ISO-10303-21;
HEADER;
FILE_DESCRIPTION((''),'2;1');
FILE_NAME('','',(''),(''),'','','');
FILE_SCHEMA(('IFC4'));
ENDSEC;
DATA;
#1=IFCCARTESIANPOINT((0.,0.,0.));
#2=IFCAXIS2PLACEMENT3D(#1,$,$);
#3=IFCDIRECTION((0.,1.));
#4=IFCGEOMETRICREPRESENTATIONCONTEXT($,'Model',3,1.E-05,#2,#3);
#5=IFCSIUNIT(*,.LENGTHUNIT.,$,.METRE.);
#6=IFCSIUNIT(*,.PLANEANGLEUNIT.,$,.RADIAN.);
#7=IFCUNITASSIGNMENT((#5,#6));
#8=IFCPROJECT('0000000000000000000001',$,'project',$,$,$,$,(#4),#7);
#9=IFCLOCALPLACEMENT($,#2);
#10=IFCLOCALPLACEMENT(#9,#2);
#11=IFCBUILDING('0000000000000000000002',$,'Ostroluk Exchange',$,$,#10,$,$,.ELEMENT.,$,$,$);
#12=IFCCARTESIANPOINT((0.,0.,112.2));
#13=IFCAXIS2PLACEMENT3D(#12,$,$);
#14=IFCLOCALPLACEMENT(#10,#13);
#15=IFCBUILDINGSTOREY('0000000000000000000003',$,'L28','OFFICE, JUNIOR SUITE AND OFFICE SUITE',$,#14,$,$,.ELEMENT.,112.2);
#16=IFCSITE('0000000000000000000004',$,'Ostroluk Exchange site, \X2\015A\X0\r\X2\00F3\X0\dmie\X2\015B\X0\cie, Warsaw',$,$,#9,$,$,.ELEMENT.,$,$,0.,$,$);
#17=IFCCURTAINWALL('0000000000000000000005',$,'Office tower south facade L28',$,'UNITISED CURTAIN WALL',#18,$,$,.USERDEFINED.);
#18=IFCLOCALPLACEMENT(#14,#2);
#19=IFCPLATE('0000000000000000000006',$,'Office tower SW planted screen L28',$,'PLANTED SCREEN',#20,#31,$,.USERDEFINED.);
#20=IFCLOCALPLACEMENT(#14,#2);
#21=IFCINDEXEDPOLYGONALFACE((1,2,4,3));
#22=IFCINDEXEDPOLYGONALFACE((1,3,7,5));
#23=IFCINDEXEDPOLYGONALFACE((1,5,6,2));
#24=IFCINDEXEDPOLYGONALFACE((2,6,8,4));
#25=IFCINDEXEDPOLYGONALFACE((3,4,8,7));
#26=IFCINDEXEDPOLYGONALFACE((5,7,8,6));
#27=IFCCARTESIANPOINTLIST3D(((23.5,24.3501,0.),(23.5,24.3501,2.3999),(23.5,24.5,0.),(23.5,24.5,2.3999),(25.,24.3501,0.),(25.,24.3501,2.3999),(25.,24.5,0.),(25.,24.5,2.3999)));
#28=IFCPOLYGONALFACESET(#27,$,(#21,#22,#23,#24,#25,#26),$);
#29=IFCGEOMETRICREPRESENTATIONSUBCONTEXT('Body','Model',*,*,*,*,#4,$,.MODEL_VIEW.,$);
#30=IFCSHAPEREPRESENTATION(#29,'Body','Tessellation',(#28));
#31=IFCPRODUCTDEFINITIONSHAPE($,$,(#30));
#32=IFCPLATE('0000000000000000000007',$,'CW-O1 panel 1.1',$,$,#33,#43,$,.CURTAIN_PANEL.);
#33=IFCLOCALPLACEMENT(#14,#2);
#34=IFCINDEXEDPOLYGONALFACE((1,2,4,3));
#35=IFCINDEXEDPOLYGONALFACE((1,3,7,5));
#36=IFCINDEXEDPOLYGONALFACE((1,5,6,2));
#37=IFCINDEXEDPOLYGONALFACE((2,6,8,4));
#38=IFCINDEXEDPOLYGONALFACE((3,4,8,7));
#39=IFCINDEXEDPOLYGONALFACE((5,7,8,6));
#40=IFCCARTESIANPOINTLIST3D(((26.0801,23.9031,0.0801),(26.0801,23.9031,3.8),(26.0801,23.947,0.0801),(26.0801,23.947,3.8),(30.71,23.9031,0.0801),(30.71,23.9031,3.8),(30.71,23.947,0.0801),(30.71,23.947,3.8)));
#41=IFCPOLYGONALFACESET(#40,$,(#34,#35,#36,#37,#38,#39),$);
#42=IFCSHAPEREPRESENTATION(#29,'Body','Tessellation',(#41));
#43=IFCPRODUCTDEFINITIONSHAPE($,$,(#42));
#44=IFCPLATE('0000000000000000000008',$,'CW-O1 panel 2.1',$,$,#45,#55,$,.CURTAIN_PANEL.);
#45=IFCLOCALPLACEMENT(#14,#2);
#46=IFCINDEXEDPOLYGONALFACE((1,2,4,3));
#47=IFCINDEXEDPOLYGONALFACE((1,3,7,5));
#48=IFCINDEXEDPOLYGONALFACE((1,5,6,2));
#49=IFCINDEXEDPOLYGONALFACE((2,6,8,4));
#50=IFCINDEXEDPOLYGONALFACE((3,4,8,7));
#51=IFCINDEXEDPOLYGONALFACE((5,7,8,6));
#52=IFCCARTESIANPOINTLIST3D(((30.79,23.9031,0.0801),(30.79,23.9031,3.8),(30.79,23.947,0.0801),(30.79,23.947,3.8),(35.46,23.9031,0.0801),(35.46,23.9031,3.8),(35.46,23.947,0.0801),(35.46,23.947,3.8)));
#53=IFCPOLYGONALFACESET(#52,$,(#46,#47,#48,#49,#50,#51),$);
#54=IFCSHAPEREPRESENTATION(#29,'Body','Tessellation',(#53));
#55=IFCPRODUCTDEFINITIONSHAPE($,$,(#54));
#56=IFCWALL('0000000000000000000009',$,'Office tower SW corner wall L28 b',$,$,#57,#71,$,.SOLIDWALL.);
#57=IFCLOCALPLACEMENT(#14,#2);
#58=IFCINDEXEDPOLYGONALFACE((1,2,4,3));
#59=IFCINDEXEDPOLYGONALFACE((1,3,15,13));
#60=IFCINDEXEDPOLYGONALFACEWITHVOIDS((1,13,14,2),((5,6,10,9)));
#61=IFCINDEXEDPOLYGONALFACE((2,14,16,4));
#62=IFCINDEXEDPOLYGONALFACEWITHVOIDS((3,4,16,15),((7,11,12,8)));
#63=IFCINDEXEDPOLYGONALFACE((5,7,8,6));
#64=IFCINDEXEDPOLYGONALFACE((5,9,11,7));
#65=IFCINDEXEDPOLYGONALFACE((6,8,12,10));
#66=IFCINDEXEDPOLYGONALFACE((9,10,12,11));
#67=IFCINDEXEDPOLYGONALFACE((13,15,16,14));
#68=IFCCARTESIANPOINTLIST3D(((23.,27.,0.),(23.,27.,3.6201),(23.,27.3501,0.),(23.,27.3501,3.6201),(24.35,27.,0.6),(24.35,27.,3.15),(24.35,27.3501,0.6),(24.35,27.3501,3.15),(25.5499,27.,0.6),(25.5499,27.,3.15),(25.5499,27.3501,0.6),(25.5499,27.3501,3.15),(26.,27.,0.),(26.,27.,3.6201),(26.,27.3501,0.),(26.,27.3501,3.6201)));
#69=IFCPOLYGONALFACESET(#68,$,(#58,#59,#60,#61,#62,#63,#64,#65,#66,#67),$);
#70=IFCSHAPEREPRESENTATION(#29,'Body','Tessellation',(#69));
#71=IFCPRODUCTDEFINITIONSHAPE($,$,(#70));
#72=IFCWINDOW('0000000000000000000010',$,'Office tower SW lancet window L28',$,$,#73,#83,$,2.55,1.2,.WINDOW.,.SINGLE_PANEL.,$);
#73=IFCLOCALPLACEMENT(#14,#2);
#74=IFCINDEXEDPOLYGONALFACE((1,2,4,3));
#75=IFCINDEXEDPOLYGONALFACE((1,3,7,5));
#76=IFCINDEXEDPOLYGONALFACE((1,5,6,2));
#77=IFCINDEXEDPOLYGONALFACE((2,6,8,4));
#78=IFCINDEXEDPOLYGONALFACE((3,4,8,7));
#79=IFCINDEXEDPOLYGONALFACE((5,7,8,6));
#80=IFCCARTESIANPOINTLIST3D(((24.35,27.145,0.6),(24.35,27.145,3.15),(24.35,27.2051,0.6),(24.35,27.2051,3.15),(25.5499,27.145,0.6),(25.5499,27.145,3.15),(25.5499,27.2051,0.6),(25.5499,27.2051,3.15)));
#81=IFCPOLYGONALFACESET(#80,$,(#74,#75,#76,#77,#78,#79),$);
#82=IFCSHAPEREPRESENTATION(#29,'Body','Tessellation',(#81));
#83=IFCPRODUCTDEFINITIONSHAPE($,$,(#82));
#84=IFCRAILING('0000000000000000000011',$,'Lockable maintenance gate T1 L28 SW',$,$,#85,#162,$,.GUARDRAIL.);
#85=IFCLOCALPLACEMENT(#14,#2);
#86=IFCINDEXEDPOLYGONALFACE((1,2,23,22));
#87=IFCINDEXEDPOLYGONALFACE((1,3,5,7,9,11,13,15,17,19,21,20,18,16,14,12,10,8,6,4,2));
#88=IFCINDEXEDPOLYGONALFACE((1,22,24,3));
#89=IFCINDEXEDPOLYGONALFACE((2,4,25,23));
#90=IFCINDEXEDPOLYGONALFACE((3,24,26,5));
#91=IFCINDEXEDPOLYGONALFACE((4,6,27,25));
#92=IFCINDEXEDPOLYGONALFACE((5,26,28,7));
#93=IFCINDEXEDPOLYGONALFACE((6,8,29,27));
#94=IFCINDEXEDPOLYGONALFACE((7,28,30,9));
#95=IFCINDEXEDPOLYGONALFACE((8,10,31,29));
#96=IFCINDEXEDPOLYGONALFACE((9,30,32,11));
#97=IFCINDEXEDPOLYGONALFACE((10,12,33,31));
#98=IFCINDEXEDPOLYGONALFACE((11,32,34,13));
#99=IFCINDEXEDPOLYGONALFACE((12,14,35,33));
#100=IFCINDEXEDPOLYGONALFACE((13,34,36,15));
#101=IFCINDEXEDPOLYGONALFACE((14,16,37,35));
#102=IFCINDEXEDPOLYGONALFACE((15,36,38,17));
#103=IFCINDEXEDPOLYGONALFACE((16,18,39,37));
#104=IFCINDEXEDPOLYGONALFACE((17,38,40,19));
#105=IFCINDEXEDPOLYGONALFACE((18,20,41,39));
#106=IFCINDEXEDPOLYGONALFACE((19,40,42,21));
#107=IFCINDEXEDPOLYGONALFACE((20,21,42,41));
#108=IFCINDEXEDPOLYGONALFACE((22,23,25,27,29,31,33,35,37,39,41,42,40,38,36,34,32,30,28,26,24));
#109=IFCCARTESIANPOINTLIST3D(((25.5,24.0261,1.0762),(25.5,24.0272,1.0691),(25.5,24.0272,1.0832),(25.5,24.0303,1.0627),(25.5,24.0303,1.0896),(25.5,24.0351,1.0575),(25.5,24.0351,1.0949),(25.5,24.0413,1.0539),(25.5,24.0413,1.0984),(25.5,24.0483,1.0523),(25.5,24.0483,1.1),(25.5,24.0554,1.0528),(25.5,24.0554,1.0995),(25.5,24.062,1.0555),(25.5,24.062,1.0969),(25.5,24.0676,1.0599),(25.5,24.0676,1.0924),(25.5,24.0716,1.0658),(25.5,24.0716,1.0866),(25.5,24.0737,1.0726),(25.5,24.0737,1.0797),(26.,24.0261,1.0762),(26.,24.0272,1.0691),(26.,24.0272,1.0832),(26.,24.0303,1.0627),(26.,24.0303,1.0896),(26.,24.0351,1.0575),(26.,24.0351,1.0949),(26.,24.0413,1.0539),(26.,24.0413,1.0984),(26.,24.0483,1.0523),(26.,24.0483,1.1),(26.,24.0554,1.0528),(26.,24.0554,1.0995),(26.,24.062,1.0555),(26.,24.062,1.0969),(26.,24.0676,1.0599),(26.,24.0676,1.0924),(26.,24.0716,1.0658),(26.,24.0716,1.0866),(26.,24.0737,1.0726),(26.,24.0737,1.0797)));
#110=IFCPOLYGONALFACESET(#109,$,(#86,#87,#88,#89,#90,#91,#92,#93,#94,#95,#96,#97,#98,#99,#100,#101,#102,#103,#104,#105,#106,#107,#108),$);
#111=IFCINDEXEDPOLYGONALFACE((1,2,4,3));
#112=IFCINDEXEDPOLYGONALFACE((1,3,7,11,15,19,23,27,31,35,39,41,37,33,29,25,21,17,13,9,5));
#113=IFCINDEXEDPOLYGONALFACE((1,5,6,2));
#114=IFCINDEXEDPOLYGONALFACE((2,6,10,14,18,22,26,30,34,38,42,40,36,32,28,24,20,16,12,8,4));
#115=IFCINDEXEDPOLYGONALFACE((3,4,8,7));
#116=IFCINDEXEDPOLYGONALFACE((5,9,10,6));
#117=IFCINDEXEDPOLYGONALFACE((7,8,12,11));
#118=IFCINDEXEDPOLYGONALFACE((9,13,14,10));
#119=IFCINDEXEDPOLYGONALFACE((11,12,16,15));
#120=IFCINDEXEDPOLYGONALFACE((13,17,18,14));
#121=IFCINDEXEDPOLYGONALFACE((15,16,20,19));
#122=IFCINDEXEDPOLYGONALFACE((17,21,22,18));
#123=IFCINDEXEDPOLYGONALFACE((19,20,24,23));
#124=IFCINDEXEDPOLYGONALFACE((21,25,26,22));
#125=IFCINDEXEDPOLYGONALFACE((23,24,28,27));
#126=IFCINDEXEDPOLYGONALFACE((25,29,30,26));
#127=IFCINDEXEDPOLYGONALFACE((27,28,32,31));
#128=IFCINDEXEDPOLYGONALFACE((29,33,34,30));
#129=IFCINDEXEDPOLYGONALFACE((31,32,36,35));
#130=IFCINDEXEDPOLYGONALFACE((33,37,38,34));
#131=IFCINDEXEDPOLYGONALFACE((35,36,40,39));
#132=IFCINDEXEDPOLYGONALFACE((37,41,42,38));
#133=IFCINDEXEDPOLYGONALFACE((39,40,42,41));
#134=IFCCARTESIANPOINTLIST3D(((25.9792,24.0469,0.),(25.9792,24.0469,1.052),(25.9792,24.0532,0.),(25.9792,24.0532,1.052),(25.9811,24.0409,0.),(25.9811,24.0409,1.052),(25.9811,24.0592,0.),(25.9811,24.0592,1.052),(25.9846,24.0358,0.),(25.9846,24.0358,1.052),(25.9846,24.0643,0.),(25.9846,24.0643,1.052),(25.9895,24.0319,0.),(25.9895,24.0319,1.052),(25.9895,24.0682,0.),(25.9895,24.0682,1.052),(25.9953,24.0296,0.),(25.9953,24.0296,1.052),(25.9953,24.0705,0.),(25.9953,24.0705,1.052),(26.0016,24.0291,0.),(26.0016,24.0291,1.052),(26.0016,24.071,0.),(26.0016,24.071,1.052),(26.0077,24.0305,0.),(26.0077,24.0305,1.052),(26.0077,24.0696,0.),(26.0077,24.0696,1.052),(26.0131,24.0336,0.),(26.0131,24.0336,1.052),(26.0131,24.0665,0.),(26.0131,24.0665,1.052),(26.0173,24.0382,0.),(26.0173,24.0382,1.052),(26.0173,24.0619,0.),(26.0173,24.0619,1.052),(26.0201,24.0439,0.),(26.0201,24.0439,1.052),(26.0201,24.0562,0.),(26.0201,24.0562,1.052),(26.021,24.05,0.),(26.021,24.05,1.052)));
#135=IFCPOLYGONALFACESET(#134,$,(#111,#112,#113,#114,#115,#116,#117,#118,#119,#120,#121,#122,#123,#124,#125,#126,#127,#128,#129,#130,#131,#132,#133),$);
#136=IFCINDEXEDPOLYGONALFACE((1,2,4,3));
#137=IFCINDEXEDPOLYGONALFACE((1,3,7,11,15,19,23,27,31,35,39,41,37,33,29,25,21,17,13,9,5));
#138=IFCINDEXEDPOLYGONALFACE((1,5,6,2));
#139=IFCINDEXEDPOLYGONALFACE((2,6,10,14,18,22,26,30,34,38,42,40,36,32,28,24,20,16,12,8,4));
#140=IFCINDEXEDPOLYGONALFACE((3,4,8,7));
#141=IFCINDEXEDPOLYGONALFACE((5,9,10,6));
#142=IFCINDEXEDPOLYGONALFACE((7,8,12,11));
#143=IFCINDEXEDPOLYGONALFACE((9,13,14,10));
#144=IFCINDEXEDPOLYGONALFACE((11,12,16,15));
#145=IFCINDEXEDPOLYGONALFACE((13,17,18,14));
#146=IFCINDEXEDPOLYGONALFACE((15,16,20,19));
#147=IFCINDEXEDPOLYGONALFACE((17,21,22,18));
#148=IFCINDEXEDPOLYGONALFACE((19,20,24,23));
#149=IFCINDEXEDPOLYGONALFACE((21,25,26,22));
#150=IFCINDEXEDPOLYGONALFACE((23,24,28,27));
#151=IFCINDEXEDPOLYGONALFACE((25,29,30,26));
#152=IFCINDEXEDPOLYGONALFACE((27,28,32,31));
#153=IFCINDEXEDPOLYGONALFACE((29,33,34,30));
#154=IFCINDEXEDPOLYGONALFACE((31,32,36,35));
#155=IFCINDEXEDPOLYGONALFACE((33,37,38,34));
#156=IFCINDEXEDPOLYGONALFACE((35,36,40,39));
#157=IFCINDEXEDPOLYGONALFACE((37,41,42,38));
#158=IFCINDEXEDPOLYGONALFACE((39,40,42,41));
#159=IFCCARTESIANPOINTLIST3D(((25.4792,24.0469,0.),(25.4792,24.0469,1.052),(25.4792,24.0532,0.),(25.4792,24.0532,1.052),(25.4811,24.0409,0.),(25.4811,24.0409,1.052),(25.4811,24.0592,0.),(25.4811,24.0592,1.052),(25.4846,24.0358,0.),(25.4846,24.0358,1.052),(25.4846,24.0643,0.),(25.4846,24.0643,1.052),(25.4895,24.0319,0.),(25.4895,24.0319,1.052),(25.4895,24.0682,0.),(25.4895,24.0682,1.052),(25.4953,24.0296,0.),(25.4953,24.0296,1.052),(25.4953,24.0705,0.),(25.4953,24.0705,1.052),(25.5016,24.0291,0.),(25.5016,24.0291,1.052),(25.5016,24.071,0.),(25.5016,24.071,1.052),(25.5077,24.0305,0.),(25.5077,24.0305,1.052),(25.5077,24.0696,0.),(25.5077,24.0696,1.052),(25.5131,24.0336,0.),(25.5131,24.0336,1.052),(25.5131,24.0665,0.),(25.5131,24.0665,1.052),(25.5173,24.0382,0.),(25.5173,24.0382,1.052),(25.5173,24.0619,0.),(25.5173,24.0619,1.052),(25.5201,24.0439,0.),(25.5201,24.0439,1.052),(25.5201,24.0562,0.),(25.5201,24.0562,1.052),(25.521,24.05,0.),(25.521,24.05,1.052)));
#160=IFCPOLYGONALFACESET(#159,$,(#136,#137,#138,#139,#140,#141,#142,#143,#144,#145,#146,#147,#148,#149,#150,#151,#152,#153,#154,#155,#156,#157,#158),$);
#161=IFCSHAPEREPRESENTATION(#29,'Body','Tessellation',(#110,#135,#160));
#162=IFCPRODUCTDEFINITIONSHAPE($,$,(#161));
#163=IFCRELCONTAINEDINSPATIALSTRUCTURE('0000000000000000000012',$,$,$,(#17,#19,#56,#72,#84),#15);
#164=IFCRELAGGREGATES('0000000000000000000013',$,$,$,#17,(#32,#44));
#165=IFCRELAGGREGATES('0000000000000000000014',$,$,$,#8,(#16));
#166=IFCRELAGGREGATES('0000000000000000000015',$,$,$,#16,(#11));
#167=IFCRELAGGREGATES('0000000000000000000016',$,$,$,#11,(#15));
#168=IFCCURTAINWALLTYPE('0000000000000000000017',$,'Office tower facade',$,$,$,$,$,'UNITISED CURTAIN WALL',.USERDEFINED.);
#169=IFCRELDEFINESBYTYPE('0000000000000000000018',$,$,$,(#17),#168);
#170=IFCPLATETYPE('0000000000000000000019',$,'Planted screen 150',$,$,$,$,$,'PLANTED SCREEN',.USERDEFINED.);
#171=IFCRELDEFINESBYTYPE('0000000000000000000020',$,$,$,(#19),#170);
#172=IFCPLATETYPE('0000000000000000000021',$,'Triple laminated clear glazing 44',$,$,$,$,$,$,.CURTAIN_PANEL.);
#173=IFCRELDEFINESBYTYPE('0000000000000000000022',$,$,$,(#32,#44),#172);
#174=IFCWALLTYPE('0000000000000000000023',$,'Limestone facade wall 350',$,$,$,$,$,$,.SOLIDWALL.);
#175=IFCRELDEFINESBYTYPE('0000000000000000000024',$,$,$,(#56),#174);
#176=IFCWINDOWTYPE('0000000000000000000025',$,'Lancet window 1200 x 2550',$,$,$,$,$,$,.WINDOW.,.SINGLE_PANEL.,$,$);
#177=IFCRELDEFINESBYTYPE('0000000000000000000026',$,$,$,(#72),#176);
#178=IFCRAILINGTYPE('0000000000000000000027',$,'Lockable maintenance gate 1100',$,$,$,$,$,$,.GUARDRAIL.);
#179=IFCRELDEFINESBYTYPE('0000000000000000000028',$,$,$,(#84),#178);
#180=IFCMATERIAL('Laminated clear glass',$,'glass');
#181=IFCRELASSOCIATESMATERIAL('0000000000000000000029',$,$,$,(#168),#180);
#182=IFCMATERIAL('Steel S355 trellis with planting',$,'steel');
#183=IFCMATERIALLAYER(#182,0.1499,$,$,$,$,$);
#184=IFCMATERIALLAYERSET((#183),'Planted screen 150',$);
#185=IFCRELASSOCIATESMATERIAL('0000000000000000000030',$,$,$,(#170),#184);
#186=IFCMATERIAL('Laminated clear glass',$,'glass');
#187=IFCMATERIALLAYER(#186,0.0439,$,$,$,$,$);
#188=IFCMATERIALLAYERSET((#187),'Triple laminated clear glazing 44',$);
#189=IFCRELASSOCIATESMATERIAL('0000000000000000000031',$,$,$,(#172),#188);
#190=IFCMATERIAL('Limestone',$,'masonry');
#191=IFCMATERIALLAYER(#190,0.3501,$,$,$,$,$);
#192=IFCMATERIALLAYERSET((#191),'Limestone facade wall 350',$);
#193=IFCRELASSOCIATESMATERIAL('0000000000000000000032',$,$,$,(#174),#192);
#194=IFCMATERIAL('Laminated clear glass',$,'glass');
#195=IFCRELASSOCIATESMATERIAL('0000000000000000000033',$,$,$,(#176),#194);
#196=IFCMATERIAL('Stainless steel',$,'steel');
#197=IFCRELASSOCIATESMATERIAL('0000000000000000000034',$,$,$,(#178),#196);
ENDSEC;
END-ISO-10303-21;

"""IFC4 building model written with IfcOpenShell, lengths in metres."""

from ifc_helpers import new_model, si_unit, direction, frame, frame_2d, origin, origin_2d, place, context, subcontext, project, spatial, rectangle, circle, extrude, material, layer, layer_set, type_object, element, fill, aggregate, save


model = new_model("IFC4")

# Units and contexts
model_context = context("Model", 3, precision=1e-05, world=origin(), true_north=direction((0.0, 1.0)))
body_context = subcontext(model_context, "Body", "Model", "MODEL_VIEW")
ifc_project = project(units=[si_unit("LENGTHUNIT", "METRE"), si_unit("PLANEANGLEUNIT", "RADIAN")], contexts=[model_context])

# Site, building, storey
site_placement = place(None, origin())
site = spatial("IfcSite", under=ifc_project, at=site_placement, Name="Ostroluk Exchange site, Śródmieście, Warsaw", CompositionType="ELEMENT", RefElevation=0.0)
building_placement = place(site_placement, origin())
building = spatial("IfcBuilding", under=site, at=building_placement, Name="Ostroluk Exchange", CompositionType="ELEMENT")
storey_placement = place(building_placement, frame((0.0, 0.0, 112.2)))
storey = spatial("IfcBuildingStorey", under=building, at=storey_placement, Name="L28", Description="OFFICE, JUNIOR SUITE AND OFFICE SUITE", CompositionType="ELEMENT", Elevation=112.2)

# Curtain wall
ifc_material_1 = material(Name="Laminated clear glass", Category="glass")
curtain_wall_type = type_object("IfcCurtainWallType", Name="Office tower facade", ElementType="UNITISED CURTAIN WALL", PredefinedType="USERDEFINED", material=ifc_material_1)
curtain_wall_1_placement = place(storey_placement, origin())
curtain_wall_1 = element("IfcCurtainWall", 1, at=curtain_wall_1_placement, inside=storey, type_object=curtain_wall_type, Name="Office tower south facade L28", ObjectType="UNITISED CURTAIN WALL", PredefinedType="USERDEFINED")

# Plates
ifc_material_2 = material(Name="Steel S355 trellis with planting", Category="steel")
ifc_layer_1 = layer(ifc_material_2, 0.1499)
ifc_layer_set_1 = layer_set([ifc_layer_1], Name="Planted screen 150")
plate_type_1 = type_object("IfcPlateType", Name="Planted screen 150", ElementType="PLANTED SCREEN", PredefinedType="USERDEFINED", material=ifc_layer_set_1)
plate_1_placement = place(storey_placement, frame((24.25, 24.425, 0.0), z_axis=(0.0, 0.0, 1.0), x_axis=(1.0, 0.0, 0.0)))
element("IfcPlate", 2, at=plate_1_placement, inside=storey, type_object=plate_type_1, Name="Office tower SW planted screen L28", ObjectType="PLANTED SCREEN", PredefinedType="USERDEFINED", context=body_context, shape_type="SweptSolid", body=[
    extrude(rectangle(XDim=1.5, YDim=0.1499, at=origin_2d()), origin(), (0.0, 0.0, 1.0), 2.3999),
])
ifc_material_3 = material(Name="Laminated clear glass", Category="glass")
ifc_layer_2 = layer(ifc_material_3, 0.0439)
ifc_layer_set_2 = layer_set([ifc_layer_2], Name="Triple laminated clear glazing 44")
plate_type_2 = type_object("IfcPlateType", Name="Triple laminated clear glazing 44", PredefinedType="CURTAIN_PANEL", material=ifc_layer_set_2)
plate_2_placement = place(storey_placement, frame((28.395, 23.925, 0.0801), z_axis=(0.0, 0.0, 1.0), x_axis=(1.0, 0.0, 0.0)))
plate_2 = element("IfcPlate", 3, at=plate_2_placement, type_object=plate_type_2, Name="CW-O1 panel 1.1", PredefinedType="CURTAIN_PANEL", context=body_context, shape_type="SweptSolid", body=[
    extrude(rectangle(XDim=4.6299, YDim=0.0439, at=origin_2d()), origin(), (0.0, 0.0, 1.0), 3.72),
])
plate_3_placement = place(storey_placement, frame((33.125, 23.925, 0.0801), z_axis=(0.0, 0.0, 1.0), x_axis=(1.0, 0.0, 0.0)))
plate_3 = element("IfcPlate", 4, at=plate_3_placement, type_object=plate_type_2, Name="CW-O1 panel 2.1", PredefinedType="CURTAIN_PANEL", context=body_context, shape_type="SweptSolid", body=[
    extrude(rectangle(XDim=4.6699, YDim=0.0439, at=origin_2d()), origin(), (0.0, 0.0, 1.0), 3.72),
])
aggregate(curtain_wall_1, [plate_2, plate_3])

# Shared definitions
ifc_material_4 = material(Name="Limestone", Category="masonry")
ifc_layer_3 = layer(ifc_material_4, 0.3501)
ifc_layer_set_3 = layer_set([ifc_layer_3], Name="Limestone facade wall 350")
wall_type = type_object("IfcWallType", Name="Limestone facade wall 350", PredefinedType="SOLIDWALL", material=ifc_layer_set_3)

# Wall, opening, window
wall_1_placement = place(storey_placement, frame((26.0, 27.175, 0.0), z_axis=(0.0, 0.0, 1.0), x_axis=(-1.0, 0.0, 0.0)))
wall_1 = element("IfcWall", 5, at=wall_1_placement, inside=storey, type_object=wall_type, Name="Office tower SW corner wall L28 b", PredefinedType="SOLIDWALL", context=body_context, shape_type="SweptSolid", body=[
    extrude(rectangle(XDim=3.0, YDim=0.3501, at=frame_2d((1.5, 0.0))), origin(), (0.0, 0.0, 1.0), 3.6201),
])
opening_1_placement = place(wall_1_placement, frame((0.45, 0.0, 0.6001)))
opening_1 = element("IfcOpeningElement", 6, at=opening_1_placement, cuts=wall_1, PredefinedType="OPENING", context=body_context, shape_type="SweptSolid", body=[
    extrude(rectangle(XDim=1.2, YDim=2.55, at=frame_2d((0.6001, 1.2749))), frame((0.0, 0.1851, 0.0), z_axis=(0.0, -1.0, 0.0), x_axis=(1.0, 0.0, 0.0)), (0.0, 0.0, 1.0), 0.3701),
])
ifc_material_5 = material(Name="Laminated clear glass", Category="glass")
window_type = type_object("IfcWindowType", Name="Lancet window 1200 x 2550", PartitioningType="SINGLE_PANEL", PredefinedType="WINDOW", material=ifc_material_5)
window_placement = place(opening_1_placement, origin())
window = element("IfcWindow", 7, at=window_placement, inside=storey, type_object=window_type, Name="Office tower SW lancet window L28", OverallHeight=2.55, OverallWidth=1.2, PartitioningType="SINGLE_PANEL", PredefinedType="WINDOW", context=body_context, shape_type="SweptSolid", body=[
    extrude(rectangle(XDim=1.2, YDim=2.55, at=frame_2d((0.6001, 1.2749))), frame((0.0, 0.03, 0.0), z_axis=(0.0, -1.0, 0.0), x_axis=(1.0, 0.0, 0.0)), (0.0, 0.0, 1.0), 0.0601),
])
fill(opening_1, window)

# Railing
ifc_material_6 = material(Name="Stainless steel", Category="steel")
railing_type_1 = type_object("IfcRailingType", Name="Lockable maintenance gate 1100", PredefinedType="GUARDRAIL", material=ifc_material_6)
railing_1_placement = place(storey_placement, frame((26.0, 24.05, 0.0)))
element("IfcRailing", 8, at=railing_1_placement, inside=storey, type_object=railing_type_1, Name="Lockable maintenance gate T1 L28 SW", PredefinedType="GUARDRAIL", context=body_context, shape_type="SweptSolid", body=[
    extrude(circle(Radius=0.0239, at=origin_2d()), frame((0.0, 0.0, 1.0762), z_axis=(-1.0, 0.0, 0.0), x_axis=(0.0, -1.0, 0.0)), (0.0, 0.0, 1.0), 0.5),
    extrude(circle(Radius=0.021, at=origin_2d()), origin(), (0.0, 0.0, 1.0), 1.052),
    extrude(circle(Radius=0.021, at=origin_2d()), frame((-0.5, 0.0, 0.0)), (0.0, 0.0, 1.0), 1.052),
])

save(model, "model.ifc")
